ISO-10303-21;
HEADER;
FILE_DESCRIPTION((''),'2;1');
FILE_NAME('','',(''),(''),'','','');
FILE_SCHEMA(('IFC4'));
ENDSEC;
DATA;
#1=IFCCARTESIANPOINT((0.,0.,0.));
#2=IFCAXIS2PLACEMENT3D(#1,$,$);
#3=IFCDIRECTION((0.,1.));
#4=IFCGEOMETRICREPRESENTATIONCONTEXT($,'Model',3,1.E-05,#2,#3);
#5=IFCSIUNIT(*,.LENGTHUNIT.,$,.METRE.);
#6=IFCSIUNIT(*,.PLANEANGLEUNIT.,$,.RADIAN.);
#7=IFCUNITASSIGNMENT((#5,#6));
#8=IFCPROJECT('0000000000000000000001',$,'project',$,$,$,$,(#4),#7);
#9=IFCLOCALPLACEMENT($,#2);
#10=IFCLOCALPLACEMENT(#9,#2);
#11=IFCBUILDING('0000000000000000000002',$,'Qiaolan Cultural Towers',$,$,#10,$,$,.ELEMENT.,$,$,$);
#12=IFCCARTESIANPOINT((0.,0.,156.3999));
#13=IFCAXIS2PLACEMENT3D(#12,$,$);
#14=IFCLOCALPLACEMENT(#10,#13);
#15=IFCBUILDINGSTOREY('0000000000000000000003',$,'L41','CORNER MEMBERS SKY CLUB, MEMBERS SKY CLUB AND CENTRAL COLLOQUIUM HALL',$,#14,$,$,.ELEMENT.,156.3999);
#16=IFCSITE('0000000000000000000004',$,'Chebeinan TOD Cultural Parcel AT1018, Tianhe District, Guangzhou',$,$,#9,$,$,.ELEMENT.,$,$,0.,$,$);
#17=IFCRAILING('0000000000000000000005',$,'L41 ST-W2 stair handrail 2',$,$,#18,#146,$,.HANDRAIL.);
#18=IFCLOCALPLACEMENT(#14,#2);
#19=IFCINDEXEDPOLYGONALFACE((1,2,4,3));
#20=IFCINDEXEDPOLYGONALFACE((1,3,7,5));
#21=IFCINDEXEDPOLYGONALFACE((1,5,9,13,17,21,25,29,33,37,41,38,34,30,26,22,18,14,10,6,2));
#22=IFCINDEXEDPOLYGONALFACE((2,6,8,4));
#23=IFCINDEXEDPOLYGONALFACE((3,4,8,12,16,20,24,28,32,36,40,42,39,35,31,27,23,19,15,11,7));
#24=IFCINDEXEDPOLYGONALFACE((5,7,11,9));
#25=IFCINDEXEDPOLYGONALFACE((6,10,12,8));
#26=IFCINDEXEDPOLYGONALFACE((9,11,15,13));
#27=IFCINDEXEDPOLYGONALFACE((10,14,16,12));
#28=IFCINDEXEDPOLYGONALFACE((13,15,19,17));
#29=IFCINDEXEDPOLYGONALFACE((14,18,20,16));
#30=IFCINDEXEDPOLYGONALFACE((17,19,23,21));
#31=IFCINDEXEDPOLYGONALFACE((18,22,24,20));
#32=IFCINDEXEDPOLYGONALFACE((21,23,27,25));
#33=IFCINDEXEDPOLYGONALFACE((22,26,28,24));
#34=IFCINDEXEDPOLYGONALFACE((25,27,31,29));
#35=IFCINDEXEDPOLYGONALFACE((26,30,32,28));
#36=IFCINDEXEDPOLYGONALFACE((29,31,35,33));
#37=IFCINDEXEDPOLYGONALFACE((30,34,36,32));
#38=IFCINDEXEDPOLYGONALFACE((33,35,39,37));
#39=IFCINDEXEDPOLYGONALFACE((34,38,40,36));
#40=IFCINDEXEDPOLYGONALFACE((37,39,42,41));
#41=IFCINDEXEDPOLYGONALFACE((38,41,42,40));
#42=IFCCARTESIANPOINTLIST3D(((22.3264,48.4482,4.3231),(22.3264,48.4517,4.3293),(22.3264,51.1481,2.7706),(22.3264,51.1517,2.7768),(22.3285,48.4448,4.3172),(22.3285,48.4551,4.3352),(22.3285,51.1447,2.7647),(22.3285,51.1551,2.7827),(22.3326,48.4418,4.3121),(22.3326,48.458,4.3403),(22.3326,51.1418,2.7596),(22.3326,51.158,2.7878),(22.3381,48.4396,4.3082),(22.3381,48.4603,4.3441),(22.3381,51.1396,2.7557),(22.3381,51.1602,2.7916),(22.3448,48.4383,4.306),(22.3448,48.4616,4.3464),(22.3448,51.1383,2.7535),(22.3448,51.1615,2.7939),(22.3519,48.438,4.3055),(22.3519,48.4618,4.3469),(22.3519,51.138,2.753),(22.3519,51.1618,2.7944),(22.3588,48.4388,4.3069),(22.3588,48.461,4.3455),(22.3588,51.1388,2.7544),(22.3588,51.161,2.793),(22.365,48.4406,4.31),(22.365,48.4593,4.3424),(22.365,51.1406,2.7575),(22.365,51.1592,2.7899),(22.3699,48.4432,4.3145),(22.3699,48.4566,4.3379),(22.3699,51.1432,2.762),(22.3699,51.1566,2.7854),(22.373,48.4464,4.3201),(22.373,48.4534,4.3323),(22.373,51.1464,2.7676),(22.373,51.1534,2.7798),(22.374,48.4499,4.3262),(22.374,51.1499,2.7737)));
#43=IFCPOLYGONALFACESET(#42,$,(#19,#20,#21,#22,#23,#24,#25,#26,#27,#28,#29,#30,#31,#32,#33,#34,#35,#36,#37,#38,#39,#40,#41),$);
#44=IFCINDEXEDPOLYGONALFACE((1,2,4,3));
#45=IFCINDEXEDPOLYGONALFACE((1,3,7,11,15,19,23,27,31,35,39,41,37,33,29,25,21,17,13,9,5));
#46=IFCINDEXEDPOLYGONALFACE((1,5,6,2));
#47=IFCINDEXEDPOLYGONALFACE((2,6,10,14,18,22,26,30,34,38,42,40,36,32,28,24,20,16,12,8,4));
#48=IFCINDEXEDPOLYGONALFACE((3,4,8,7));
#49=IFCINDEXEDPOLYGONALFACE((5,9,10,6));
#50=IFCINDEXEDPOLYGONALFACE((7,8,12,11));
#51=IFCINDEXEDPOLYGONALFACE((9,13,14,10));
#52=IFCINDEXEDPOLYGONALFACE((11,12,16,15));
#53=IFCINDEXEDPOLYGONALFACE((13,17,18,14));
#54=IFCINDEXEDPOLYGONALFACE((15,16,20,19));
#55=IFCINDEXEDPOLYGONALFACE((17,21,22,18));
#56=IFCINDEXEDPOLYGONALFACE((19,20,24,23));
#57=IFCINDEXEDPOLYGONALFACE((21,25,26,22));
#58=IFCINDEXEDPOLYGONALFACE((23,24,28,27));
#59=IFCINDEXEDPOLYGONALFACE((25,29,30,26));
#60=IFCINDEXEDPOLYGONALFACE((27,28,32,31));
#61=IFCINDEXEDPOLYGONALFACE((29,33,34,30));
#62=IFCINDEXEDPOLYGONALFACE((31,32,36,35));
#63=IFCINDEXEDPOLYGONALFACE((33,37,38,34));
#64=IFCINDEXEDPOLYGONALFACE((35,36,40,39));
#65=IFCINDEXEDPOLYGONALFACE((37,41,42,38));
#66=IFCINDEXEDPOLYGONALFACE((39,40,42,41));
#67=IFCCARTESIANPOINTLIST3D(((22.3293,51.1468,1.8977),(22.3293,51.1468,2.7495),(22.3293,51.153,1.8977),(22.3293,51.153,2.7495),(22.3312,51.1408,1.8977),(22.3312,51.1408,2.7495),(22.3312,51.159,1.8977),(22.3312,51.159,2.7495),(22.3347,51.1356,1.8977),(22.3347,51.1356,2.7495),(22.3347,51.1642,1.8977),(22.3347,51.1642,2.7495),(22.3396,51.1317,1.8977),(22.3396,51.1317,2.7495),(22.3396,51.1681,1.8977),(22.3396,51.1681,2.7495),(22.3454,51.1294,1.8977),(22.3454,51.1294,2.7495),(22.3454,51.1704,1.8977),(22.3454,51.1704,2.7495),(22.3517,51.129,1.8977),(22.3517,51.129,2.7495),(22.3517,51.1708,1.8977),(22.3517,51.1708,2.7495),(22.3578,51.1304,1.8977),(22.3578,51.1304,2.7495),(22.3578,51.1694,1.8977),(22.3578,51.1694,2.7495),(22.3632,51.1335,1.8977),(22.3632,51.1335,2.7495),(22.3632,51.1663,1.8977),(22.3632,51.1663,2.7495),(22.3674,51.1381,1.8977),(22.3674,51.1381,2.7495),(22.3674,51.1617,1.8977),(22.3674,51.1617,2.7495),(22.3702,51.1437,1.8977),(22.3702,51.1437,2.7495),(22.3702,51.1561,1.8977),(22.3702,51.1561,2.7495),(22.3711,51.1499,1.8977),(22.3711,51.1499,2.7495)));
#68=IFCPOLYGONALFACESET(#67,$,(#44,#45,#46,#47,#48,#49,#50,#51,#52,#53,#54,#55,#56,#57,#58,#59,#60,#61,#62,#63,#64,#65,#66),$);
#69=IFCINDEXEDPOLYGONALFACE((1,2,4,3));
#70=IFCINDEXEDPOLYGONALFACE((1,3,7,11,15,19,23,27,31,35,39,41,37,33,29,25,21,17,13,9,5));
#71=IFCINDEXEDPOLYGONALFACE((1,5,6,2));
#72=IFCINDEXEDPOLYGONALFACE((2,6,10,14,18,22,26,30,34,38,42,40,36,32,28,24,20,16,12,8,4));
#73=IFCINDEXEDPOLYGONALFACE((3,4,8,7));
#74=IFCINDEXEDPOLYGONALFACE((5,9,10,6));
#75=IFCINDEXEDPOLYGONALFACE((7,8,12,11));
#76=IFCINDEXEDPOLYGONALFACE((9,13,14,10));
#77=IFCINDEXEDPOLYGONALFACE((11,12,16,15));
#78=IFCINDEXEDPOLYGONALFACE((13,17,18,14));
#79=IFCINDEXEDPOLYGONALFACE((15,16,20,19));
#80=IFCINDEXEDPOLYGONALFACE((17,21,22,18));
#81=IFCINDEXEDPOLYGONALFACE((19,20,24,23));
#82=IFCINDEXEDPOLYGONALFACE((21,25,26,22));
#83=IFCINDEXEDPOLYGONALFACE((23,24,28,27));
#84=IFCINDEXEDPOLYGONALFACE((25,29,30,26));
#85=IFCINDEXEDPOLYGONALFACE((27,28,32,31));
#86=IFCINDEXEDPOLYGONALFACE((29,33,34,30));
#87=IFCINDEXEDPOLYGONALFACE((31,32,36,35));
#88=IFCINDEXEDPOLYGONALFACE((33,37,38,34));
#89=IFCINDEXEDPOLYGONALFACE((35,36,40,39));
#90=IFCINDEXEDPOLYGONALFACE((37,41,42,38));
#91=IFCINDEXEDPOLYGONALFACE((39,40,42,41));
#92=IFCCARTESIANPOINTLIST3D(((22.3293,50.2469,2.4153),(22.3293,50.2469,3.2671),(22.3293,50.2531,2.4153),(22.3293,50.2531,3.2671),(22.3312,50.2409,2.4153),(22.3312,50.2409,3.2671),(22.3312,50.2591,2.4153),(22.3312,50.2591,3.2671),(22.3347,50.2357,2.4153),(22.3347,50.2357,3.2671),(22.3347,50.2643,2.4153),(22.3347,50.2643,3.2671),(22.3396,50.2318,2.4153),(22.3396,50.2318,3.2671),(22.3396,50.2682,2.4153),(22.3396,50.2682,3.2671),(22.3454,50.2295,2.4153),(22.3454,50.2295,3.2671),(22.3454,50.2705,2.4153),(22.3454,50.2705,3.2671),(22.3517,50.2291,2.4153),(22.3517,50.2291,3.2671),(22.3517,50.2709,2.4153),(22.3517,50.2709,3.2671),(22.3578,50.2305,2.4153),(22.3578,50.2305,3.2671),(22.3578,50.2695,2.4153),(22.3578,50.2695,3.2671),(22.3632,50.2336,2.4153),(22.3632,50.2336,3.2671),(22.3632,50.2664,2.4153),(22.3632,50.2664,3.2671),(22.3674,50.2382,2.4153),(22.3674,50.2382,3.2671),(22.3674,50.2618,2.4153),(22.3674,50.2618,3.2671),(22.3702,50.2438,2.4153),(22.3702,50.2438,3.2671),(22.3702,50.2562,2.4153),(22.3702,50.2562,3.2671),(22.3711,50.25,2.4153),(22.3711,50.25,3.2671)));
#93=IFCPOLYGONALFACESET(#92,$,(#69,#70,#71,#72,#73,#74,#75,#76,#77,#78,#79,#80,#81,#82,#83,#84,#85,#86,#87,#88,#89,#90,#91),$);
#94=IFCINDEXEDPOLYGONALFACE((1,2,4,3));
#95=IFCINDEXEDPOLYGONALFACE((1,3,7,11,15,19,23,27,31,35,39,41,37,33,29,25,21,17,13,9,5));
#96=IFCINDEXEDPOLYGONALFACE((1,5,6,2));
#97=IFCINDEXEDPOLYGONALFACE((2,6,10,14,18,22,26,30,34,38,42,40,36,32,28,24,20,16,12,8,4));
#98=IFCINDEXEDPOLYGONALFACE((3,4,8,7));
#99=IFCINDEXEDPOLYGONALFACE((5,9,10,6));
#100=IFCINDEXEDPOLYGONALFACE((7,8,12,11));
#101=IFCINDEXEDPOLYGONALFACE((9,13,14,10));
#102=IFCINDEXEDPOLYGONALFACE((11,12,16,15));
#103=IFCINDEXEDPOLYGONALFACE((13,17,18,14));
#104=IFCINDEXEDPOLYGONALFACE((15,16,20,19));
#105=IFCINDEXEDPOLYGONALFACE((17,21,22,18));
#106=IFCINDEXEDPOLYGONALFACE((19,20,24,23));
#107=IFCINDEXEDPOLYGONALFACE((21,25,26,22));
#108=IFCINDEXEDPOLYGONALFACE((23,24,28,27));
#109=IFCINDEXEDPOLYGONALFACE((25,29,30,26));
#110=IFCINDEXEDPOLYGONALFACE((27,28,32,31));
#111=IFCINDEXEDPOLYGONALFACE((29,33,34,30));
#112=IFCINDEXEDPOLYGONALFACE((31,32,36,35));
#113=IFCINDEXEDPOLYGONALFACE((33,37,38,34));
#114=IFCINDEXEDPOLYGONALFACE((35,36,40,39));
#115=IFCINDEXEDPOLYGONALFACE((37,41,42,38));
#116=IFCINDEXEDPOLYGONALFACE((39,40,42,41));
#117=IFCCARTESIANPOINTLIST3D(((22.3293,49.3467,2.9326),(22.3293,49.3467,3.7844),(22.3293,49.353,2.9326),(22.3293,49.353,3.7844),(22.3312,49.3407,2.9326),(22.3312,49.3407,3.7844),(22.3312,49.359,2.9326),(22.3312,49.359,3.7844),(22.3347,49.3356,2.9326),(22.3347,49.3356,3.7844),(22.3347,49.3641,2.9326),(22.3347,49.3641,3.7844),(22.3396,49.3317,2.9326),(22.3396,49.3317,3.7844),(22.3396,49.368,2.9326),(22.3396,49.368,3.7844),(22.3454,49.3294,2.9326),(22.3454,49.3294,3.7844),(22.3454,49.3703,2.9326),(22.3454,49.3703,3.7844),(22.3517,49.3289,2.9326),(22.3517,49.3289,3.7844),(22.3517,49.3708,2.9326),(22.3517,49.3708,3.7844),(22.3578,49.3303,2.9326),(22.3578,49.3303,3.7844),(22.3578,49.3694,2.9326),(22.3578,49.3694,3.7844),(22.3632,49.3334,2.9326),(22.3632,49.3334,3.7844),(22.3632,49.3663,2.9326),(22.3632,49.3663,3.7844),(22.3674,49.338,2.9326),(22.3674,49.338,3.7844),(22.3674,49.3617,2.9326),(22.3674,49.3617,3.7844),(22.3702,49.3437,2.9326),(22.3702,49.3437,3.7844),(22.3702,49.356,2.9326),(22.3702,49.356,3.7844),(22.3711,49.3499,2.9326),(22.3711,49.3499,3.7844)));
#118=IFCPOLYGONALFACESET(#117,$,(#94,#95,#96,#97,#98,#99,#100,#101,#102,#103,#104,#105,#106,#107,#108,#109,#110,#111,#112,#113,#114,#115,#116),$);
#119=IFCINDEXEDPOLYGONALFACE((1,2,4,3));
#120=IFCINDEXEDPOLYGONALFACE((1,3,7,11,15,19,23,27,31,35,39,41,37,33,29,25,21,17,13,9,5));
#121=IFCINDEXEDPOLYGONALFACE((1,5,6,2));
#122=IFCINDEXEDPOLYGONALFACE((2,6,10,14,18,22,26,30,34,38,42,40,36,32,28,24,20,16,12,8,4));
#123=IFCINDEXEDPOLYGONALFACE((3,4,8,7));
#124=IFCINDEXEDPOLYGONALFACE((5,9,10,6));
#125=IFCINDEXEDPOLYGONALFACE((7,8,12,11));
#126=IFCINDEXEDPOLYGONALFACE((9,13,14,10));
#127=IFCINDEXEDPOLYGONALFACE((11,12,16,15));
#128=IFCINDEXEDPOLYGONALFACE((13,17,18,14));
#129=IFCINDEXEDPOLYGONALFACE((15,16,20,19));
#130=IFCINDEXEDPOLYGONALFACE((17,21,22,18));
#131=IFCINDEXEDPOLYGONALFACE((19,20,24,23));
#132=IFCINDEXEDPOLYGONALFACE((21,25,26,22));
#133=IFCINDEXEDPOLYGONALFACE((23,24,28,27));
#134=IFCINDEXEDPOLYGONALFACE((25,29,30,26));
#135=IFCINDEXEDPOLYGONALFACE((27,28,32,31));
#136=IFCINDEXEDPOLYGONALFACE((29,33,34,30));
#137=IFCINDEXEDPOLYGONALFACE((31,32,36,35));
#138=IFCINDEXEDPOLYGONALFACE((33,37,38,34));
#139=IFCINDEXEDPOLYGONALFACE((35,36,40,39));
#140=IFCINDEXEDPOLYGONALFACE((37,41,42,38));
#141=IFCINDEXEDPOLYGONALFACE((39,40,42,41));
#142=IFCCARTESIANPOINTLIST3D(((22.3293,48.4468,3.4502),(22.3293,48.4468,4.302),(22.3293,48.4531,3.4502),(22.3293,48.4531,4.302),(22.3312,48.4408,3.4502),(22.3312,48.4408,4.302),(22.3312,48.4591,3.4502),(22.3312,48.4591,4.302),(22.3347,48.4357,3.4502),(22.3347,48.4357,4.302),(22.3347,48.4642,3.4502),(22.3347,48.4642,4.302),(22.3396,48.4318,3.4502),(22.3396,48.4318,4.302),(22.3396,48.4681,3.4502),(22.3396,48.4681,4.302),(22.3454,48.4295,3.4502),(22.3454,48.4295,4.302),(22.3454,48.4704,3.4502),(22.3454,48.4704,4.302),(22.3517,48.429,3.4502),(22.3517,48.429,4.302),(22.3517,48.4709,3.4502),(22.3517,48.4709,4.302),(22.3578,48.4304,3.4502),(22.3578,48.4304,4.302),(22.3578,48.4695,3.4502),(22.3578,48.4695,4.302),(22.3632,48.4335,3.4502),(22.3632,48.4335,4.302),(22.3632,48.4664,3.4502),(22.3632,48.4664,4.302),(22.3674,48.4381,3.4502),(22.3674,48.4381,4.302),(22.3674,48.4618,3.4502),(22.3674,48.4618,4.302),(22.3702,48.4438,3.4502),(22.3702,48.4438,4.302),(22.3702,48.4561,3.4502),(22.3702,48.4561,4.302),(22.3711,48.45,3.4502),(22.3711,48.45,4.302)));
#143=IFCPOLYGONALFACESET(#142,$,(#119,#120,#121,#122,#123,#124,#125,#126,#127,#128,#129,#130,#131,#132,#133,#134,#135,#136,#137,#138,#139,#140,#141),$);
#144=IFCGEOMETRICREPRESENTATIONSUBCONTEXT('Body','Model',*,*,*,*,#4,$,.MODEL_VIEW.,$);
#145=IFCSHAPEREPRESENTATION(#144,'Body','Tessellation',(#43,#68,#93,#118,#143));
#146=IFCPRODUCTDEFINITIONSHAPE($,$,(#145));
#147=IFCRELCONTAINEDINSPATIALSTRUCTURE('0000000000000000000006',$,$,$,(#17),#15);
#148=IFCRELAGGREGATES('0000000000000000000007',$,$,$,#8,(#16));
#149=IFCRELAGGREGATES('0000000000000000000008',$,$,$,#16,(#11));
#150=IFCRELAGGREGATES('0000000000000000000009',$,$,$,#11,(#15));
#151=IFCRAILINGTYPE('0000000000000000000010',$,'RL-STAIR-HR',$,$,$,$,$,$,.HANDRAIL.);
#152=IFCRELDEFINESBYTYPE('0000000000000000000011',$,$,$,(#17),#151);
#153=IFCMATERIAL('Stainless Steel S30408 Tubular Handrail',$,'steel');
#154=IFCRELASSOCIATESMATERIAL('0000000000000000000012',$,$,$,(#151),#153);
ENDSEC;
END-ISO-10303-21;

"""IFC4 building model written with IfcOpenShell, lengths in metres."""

from ifc_helpers import new_model, si_unit, direction, frame, origin, origin_2d, place, context, subcontext, project, spatial, circle, extrude, material, type_object, element, save


model = new_model("IFC4")

# Units and contexts
model_context = context("Model", 3, precision=1e-05, world=origin(), true_north=direction((0.0, 1.0)))
body_context = subcontext(model_context, "Body", "Model", "MODEL_VIEW")
ifc_project = project(units=[si_unit("LENGTHUNIT", "METRE"), si_unit("PLANEANGLEUNIT", "RADIAN")], contexts=[model_context])

# Site, building, storey
site_placement = place(None, origin())
site = spatial("IfcSite", under=ifc_project, at=site_placement, Name="Chebeinan TOD Cultural Parcel AT1018, Tianhe District, Guangzhou", CompositionType="ELEMENT", RefElevation=0.0)
building_placement = place(site_placement, origin())
building = spatial("IfcBuilding", under=site, at=building_placement, Name="Qiaolan Cultural Towers", CompositionType="ELEMENT")
storey_placement = place(building_placement, frame((0.0, 0.0, 156.3999)))
storey = spatial("IfcBuildingStorey", under=building, at=storey_placement, Name="L41", Description="CORNER MEMBERS SKY CLUB, MEMBERS SKY CLUB AND CENTRAL COLLOQUIUM HALL", CompositionType="ELEMENT", Elevation=156.3999)

# Railing
ifc_material_1 = material(Name="Stainless Steel S30408 Tubular Handrail", Category="steel")
railing_type_1 = type_object("IfcRailingType", Name="RL-STAIR-HR", PredefinedType="HANDRAIL", material=ifc_material_1)
railing_1_placement = place(storey_placement, frame((22.3501, 51.1499, 1.8977)))
element("IfcRailing", 1, at=railing_1_placement, inside=storey, type_object=railing_type_1, Name="L41 ST-W2 stair handrail 2", PredefinedType="HANDRAIL", context=body_context, shape_type="SweptSolid", body=[
    extrude(circle(Radius=0.0239, at=origin_2d()), frame((0.0, 0.0, 0.876), z_axis=(0.0, -0.866904, 0.498476), x_axis=(1.0, 0.0, 0.0)), (0.0, 0.0, 1.0), 3.1145),
    extrude(circle(Radius=0.021, at=origin_2d()), origin(), (0.0, 0.0, 1.0), 0.8518),
    extrude(circle(Radius=0.021, at=origin_2d()), frame((0.0, -0.8999, 0.5176)), (0.0, 0.0, 1.0), 0.8518),
    extrude(circle(Radius=0.021, at=origin_2d()), frame((0.0, -1.8, 1.0349)), (0.0, 0.0, 1.0), 0.8518),
    extrude(circle(Radius=0.021, at=origin_2d()), frame((0.0, -2.7, 1.5525)), (0.0, 0.0, 1.0), 0.8518),
])

save(model, "model.ifc")
